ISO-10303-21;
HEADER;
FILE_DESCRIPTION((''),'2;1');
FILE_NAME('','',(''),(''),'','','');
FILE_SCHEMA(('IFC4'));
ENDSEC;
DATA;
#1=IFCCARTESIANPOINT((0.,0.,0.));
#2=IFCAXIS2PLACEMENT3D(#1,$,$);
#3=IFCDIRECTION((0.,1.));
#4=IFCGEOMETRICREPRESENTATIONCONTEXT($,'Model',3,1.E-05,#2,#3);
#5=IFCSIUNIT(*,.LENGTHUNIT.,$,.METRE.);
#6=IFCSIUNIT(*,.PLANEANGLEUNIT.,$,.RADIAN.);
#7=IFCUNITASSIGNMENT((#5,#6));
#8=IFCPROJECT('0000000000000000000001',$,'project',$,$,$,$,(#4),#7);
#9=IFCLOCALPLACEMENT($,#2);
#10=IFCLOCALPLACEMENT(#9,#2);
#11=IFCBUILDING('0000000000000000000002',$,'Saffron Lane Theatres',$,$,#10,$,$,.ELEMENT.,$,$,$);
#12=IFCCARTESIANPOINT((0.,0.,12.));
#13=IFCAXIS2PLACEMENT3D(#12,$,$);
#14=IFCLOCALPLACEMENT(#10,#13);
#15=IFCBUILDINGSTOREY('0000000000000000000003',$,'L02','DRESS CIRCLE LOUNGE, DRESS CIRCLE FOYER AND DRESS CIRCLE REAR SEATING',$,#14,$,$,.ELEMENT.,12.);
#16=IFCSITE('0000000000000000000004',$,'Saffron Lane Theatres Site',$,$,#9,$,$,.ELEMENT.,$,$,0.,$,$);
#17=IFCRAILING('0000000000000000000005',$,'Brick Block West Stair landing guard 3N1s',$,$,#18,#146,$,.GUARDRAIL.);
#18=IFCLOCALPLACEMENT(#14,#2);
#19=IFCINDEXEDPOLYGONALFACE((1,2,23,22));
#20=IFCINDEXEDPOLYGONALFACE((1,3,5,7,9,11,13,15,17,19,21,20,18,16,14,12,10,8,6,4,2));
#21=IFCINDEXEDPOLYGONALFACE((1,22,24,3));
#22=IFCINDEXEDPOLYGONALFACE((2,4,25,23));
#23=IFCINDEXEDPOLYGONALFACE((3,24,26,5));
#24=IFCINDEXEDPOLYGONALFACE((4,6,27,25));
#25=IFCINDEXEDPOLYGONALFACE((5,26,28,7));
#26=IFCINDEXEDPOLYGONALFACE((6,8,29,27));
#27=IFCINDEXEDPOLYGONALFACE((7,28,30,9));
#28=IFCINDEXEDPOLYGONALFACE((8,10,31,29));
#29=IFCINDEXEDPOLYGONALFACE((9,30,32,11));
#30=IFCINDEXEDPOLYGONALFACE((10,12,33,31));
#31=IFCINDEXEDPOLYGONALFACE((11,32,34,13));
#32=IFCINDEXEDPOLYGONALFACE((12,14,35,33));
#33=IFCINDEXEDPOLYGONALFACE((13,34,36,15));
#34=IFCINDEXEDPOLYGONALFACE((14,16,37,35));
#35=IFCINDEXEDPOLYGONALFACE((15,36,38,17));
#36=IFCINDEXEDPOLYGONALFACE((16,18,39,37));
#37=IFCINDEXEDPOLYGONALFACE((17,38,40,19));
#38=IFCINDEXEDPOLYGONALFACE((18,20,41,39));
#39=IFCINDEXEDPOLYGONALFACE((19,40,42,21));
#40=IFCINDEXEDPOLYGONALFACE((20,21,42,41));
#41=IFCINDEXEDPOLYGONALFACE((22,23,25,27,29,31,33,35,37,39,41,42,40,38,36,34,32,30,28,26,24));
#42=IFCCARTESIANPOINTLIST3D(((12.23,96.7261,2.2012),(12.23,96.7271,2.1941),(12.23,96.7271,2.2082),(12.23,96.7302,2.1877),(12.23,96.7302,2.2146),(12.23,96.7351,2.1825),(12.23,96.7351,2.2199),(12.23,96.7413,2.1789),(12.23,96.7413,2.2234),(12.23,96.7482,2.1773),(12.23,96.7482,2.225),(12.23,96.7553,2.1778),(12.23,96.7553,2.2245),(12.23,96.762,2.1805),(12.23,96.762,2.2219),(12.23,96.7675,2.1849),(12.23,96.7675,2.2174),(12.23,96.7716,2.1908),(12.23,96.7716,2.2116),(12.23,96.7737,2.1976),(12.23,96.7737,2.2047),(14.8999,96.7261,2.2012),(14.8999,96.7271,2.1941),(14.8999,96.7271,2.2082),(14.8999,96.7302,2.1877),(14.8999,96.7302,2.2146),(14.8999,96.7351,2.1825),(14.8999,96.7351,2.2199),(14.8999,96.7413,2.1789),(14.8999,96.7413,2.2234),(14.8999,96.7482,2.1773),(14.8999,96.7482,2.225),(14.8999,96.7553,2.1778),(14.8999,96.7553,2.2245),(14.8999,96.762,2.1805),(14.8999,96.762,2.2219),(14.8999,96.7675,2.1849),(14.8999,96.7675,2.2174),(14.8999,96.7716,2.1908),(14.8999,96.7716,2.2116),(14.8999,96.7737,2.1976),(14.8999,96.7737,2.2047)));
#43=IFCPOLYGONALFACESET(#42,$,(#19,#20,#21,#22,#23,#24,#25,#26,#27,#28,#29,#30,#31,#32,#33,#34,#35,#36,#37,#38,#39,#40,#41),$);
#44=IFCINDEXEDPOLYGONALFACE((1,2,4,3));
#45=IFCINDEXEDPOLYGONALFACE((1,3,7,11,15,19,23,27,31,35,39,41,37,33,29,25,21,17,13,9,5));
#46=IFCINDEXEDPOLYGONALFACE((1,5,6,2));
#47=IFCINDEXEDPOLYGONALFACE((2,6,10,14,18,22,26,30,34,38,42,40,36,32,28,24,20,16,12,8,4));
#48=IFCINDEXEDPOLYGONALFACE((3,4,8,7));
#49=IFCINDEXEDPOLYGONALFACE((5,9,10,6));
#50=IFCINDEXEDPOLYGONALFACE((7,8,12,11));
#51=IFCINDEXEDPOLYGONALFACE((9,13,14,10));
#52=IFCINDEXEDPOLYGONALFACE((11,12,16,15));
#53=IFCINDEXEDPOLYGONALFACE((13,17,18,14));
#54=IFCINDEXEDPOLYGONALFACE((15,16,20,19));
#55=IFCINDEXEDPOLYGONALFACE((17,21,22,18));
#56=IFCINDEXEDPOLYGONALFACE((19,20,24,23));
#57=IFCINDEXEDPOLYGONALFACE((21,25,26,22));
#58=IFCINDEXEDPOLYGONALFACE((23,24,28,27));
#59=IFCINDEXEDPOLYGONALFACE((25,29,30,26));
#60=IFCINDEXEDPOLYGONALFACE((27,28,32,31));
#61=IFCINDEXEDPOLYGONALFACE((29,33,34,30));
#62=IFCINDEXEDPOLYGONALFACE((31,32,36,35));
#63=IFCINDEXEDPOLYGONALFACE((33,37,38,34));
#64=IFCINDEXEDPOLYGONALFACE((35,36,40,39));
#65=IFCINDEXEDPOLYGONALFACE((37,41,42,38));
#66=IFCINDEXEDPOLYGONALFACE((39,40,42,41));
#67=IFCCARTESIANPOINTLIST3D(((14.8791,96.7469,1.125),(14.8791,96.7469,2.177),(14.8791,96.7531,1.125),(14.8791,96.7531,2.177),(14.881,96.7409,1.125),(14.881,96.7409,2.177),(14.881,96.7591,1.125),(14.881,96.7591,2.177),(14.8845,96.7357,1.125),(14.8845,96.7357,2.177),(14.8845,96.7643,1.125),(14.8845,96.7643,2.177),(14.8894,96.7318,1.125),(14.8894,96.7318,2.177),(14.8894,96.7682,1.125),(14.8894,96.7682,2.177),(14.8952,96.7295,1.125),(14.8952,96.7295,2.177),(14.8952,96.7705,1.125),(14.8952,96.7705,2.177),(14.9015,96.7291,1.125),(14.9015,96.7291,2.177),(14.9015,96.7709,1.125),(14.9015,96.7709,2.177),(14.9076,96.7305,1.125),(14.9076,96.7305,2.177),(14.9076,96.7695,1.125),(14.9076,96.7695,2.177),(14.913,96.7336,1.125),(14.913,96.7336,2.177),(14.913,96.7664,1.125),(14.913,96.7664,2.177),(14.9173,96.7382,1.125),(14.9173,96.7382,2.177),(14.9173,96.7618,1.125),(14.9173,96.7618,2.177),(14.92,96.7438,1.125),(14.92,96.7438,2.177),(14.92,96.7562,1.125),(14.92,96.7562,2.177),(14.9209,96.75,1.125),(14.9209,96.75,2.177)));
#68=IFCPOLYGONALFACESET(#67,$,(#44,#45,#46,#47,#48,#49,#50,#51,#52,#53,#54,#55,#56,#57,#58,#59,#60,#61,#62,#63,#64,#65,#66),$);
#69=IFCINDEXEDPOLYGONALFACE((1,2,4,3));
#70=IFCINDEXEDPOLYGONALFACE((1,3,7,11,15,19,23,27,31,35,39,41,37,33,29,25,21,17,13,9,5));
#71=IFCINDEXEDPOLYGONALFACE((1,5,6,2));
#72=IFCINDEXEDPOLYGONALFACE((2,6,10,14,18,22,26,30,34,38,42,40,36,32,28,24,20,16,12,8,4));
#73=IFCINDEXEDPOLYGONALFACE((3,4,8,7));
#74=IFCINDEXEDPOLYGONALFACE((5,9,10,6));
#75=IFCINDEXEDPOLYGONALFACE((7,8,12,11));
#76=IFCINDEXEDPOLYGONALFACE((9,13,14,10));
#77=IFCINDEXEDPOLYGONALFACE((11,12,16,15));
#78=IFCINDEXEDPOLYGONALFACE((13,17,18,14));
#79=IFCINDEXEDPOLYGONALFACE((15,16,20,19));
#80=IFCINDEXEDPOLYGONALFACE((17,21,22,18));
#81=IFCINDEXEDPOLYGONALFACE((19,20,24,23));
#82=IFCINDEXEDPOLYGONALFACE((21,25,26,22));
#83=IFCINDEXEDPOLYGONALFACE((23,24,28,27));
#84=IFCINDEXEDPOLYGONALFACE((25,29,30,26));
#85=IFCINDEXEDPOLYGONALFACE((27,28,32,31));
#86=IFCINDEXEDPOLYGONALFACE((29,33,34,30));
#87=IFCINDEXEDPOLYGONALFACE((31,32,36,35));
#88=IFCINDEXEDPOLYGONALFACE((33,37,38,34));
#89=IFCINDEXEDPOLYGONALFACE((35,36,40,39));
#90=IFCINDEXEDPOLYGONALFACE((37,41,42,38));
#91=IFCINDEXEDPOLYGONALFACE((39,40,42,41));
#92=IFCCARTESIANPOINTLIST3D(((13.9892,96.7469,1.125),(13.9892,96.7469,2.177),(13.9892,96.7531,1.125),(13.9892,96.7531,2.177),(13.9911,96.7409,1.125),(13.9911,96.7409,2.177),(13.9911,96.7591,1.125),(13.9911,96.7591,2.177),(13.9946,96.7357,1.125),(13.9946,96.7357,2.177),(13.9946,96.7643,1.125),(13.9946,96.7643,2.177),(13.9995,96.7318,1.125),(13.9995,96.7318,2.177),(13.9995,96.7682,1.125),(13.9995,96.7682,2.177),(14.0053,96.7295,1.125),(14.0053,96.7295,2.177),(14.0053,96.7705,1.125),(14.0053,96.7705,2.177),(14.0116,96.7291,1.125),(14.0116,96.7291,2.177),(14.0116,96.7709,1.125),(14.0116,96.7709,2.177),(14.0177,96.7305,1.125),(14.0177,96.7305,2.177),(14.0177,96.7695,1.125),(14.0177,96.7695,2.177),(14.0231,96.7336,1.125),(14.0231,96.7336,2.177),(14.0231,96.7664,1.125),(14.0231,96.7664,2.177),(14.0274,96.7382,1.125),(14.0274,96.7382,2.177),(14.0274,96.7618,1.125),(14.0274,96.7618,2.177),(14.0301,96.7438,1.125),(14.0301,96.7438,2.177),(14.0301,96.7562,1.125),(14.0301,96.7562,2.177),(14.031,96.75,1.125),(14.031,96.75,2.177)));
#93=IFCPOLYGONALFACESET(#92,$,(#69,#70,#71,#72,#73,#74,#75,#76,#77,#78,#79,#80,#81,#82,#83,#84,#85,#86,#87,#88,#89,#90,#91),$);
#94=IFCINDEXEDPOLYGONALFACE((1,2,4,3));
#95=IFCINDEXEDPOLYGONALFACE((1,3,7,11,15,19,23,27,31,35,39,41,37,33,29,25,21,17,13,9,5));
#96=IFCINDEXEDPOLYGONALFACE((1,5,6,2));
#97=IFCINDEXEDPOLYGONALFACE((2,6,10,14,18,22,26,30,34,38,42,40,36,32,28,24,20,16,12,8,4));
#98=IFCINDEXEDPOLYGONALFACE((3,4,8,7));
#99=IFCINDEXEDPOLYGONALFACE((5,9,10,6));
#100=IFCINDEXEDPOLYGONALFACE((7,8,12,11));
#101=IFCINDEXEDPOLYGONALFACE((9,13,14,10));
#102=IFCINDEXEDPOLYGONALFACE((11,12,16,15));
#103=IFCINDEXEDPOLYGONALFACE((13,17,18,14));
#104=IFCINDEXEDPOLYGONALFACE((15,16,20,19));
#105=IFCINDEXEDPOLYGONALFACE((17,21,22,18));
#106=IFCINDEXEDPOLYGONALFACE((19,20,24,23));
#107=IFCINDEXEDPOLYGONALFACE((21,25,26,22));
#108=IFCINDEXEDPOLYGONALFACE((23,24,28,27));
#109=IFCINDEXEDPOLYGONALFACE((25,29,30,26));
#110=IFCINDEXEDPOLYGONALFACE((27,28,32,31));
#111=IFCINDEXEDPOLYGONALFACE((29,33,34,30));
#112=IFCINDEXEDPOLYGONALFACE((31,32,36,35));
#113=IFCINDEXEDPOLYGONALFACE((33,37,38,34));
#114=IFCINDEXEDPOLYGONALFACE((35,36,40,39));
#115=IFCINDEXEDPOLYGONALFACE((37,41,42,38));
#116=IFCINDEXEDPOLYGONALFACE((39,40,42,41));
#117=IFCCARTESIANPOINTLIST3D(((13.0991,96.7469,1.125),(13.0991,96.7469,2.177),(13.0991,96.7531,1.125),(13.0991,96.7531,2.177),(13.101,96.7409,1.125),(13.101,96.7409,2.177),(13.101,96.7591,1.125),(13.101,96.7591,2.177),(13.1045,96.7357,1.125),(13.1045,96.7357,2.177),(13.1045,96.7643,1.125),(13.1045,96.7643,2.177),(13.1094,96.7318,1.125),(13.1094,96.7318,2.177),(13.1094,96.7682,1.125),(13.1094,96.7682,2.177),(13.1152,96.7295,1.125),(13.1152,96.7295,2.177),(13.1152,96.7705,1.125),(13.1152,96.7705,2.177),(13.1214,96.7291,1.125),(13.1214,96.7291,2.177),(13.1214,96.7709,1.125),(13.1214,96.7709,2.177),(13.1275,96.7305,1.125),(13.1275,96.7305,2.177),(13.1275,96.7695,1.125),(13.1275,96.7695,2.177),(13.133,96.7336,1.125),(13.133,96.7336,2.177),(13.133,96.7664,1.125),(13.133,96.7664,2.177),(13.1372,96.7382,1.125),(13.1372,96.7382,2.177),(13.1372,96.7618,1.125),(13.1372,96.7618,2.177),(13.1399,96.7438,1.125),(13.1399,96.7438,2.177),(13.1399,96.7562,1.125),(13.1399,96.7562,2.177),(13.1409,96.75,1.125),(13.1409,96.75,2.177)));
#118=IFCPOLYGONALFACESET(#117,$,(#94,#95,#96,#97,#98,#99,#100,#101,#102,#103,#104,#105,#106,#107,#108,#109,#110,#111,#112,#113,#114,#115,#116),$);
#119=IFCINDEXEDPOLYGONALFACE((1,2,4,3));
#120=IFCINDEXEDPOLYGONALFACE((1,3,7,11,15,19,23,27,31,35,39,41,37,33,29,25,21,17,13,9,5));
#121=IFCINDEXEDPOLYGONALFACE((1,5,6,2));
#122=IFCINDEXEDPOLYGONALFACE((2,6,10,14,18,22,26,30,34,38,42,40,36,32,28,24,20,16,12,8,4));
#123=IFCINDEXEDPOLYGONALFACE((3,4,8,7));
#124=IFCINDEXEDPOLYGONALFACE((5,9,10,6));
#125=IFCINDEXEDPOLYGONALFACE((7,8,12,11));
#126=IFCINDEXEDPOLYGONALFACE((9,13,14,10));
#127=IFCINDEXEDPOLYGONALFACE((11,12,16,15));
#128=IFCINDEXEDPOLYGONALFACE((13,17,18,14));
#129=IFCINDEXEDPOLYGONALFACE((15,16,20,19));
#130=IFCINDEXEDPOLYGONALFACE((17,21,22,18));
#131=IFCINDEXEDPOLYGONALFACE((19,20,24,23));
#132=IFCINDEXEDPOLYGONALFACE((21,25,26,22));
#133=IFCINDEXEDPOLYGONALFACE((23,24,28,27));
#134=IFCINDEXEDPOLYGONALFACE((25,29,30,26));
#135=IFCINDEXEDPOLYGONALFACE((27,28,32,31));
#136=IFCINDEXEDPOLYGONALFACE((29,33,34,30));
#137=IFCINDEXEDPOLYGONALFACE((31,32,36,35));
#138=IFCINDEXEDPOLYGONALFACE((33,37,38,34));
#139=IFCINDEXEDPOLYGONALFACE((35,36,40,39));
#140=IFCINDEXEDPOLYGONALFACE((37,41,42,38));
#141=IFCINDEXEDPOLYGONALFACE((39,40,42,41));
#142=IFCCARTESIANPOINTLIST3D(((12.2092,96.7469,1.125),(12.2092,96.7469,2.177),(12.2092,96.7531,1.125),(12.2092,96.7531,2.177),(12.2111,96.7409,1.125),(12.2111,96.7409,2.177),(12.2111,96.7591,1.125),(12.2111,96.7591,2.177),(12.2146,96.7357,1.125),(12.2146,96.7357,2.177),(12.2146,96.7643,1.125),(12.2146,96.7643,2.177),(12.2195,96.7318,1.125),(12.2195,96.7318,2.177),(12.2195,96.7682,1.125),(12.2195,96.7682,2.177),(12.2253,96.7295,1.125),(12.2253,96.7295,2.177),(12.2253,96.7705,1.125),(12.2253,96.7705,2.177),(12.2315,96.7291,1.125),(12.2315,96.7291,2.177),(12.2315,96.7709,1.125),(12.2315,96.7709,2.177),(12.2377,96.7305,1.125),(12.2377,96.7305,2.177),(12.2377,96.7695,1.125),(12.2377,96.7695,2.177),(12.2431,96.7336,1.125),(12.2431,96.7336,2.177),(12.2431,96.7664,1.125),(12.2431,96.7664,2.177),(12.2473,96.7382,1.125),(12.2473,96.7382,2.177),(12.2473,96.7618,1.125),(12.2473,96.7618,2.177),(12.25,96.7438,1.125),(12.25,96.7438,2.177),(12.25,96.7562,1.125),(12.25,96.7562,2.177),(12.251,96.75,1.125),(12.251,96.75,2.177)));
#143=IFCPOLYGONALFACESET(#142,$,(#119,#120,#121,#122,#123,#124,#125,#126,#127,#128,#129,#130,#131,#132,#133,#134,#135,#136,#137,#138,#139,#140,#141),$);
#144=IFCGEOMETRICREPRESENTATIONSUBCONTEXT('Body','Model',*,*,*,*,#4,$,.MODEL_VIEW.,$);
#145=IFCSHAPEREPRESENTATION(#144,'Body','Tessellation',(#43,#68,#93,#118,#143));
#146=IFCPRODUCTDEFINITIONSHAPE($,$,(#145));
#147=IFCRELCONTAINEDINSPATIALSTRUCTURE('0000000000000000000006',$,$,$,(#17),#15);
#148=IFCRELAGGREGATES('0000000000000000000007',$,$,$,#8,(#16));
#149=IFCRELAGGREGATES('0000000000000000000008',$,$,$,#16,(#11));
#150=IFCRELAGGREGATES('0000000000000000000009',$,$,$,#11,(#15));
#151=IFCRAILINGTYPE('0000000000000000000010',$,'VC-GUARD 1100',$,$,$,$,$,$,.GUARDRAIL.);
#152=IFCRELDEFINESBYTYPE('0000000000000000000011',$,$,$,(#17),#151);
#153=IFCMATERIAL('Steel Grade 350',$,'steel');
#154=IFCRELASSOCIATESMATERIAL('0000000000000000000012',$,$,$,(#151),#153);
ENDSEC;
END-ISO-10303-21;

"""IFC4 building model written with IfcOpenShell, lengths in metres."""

from ifc_helpers import new_model, si_unit, direction, frame, origin, origin_2d, place, context, subcontext, project, spatial, circle, extrude, material, type_object, element, save


model = new_model("IFC4")

# Units and contexts
model_context = context("Model", 3, precision=1e-05, world=origin(), true_north=direction((0.0, 1.0)))
body_context = subcontext(model_context, "Body", "Model", "MODEL_VIEW")
ifc_project = project(units=[si_unit("LENGTHUNIT", "METRE"), si_unit("PLANEANGLEUNIT", "RADIAN")], contexts=[model_context])

# Site, building, storey
site_placement = place(None, origin())
site = spatial("IfcSite", under=ifc_project, at=site_placement, Name="Saffron Lane Theatres Site", CompositionType="ELEMENT", RefElevation=0.0)
building_placement = place(site_placement, origin())
building = spatial("IfcBuilding", under=site, at=building_placement, Name="Saffron Lane Theatres", CompositionType="ELEMENT")
storey_placement = place(building_placement, frame((0.0, 0.0, 12.0)))
storey = spatial("IfcBuildingStorey", under=building, at=storey_placement, Name="L02", Description="DRESS CIRCLE LOUNGE, DRESS CIRCLE FOYER AND DRESS CIRCLE REAR SEATING", CompositionType="ELEMENT", Elevation=12.0)

# Railing
ifc_material_1 = material(Name="Steel Grade 350", Category="steel")
railing_type_1 = type_object("IfcRailingType", Name="VC-GUARD 1100", PredefinedType="GUARDRAIL", material=ifc_material_1)
railing_1_placement = place(storey_placement, frame((14.8999, 96.75, 1.125)))
element("IfcRailing", 1, at=railing_1_placement, inside=storey, type_object=railing_type_1, Name="Brick Block West Stair landing guard 3N1s", PredefinedType="GUARDRAIL", context=body_context, shape_type="SweptSolid", body=[
    extrude(circle(Radius=0.0239, at=origin_2d()), frame((0.0, 0.0, 1.0762), z_axis=(-1.0, 0.0, 0.0), x_axis=(0.0, -1.0, 0.0)), (0.0, 0.0, 1.0), 2.6699),
    extrude(circle(Radius=0.021, at=origin_2d()), origin(), (0.0, 0.0, 1.0), 1.052),
    extrude(circle(Radius=0.021, at=origin_2d()), frame((-0.8899, 0.0, 0.0)), (0.0, 0.0, 1.0), 1.052),
    extrude(circle(Radius=0.021, at=origin_2d()), frame((-1.78, 0.0, 0.0)), (0.0, 0.0, 1.0), 1.052),
    extrude(circle(Radius=0.021, at=origin_2d()), frame((-2.6699, 0.0, 0.0)), (0.0, 0.0, 1.0), 1.052),
])

save(model, "model.ifc")
